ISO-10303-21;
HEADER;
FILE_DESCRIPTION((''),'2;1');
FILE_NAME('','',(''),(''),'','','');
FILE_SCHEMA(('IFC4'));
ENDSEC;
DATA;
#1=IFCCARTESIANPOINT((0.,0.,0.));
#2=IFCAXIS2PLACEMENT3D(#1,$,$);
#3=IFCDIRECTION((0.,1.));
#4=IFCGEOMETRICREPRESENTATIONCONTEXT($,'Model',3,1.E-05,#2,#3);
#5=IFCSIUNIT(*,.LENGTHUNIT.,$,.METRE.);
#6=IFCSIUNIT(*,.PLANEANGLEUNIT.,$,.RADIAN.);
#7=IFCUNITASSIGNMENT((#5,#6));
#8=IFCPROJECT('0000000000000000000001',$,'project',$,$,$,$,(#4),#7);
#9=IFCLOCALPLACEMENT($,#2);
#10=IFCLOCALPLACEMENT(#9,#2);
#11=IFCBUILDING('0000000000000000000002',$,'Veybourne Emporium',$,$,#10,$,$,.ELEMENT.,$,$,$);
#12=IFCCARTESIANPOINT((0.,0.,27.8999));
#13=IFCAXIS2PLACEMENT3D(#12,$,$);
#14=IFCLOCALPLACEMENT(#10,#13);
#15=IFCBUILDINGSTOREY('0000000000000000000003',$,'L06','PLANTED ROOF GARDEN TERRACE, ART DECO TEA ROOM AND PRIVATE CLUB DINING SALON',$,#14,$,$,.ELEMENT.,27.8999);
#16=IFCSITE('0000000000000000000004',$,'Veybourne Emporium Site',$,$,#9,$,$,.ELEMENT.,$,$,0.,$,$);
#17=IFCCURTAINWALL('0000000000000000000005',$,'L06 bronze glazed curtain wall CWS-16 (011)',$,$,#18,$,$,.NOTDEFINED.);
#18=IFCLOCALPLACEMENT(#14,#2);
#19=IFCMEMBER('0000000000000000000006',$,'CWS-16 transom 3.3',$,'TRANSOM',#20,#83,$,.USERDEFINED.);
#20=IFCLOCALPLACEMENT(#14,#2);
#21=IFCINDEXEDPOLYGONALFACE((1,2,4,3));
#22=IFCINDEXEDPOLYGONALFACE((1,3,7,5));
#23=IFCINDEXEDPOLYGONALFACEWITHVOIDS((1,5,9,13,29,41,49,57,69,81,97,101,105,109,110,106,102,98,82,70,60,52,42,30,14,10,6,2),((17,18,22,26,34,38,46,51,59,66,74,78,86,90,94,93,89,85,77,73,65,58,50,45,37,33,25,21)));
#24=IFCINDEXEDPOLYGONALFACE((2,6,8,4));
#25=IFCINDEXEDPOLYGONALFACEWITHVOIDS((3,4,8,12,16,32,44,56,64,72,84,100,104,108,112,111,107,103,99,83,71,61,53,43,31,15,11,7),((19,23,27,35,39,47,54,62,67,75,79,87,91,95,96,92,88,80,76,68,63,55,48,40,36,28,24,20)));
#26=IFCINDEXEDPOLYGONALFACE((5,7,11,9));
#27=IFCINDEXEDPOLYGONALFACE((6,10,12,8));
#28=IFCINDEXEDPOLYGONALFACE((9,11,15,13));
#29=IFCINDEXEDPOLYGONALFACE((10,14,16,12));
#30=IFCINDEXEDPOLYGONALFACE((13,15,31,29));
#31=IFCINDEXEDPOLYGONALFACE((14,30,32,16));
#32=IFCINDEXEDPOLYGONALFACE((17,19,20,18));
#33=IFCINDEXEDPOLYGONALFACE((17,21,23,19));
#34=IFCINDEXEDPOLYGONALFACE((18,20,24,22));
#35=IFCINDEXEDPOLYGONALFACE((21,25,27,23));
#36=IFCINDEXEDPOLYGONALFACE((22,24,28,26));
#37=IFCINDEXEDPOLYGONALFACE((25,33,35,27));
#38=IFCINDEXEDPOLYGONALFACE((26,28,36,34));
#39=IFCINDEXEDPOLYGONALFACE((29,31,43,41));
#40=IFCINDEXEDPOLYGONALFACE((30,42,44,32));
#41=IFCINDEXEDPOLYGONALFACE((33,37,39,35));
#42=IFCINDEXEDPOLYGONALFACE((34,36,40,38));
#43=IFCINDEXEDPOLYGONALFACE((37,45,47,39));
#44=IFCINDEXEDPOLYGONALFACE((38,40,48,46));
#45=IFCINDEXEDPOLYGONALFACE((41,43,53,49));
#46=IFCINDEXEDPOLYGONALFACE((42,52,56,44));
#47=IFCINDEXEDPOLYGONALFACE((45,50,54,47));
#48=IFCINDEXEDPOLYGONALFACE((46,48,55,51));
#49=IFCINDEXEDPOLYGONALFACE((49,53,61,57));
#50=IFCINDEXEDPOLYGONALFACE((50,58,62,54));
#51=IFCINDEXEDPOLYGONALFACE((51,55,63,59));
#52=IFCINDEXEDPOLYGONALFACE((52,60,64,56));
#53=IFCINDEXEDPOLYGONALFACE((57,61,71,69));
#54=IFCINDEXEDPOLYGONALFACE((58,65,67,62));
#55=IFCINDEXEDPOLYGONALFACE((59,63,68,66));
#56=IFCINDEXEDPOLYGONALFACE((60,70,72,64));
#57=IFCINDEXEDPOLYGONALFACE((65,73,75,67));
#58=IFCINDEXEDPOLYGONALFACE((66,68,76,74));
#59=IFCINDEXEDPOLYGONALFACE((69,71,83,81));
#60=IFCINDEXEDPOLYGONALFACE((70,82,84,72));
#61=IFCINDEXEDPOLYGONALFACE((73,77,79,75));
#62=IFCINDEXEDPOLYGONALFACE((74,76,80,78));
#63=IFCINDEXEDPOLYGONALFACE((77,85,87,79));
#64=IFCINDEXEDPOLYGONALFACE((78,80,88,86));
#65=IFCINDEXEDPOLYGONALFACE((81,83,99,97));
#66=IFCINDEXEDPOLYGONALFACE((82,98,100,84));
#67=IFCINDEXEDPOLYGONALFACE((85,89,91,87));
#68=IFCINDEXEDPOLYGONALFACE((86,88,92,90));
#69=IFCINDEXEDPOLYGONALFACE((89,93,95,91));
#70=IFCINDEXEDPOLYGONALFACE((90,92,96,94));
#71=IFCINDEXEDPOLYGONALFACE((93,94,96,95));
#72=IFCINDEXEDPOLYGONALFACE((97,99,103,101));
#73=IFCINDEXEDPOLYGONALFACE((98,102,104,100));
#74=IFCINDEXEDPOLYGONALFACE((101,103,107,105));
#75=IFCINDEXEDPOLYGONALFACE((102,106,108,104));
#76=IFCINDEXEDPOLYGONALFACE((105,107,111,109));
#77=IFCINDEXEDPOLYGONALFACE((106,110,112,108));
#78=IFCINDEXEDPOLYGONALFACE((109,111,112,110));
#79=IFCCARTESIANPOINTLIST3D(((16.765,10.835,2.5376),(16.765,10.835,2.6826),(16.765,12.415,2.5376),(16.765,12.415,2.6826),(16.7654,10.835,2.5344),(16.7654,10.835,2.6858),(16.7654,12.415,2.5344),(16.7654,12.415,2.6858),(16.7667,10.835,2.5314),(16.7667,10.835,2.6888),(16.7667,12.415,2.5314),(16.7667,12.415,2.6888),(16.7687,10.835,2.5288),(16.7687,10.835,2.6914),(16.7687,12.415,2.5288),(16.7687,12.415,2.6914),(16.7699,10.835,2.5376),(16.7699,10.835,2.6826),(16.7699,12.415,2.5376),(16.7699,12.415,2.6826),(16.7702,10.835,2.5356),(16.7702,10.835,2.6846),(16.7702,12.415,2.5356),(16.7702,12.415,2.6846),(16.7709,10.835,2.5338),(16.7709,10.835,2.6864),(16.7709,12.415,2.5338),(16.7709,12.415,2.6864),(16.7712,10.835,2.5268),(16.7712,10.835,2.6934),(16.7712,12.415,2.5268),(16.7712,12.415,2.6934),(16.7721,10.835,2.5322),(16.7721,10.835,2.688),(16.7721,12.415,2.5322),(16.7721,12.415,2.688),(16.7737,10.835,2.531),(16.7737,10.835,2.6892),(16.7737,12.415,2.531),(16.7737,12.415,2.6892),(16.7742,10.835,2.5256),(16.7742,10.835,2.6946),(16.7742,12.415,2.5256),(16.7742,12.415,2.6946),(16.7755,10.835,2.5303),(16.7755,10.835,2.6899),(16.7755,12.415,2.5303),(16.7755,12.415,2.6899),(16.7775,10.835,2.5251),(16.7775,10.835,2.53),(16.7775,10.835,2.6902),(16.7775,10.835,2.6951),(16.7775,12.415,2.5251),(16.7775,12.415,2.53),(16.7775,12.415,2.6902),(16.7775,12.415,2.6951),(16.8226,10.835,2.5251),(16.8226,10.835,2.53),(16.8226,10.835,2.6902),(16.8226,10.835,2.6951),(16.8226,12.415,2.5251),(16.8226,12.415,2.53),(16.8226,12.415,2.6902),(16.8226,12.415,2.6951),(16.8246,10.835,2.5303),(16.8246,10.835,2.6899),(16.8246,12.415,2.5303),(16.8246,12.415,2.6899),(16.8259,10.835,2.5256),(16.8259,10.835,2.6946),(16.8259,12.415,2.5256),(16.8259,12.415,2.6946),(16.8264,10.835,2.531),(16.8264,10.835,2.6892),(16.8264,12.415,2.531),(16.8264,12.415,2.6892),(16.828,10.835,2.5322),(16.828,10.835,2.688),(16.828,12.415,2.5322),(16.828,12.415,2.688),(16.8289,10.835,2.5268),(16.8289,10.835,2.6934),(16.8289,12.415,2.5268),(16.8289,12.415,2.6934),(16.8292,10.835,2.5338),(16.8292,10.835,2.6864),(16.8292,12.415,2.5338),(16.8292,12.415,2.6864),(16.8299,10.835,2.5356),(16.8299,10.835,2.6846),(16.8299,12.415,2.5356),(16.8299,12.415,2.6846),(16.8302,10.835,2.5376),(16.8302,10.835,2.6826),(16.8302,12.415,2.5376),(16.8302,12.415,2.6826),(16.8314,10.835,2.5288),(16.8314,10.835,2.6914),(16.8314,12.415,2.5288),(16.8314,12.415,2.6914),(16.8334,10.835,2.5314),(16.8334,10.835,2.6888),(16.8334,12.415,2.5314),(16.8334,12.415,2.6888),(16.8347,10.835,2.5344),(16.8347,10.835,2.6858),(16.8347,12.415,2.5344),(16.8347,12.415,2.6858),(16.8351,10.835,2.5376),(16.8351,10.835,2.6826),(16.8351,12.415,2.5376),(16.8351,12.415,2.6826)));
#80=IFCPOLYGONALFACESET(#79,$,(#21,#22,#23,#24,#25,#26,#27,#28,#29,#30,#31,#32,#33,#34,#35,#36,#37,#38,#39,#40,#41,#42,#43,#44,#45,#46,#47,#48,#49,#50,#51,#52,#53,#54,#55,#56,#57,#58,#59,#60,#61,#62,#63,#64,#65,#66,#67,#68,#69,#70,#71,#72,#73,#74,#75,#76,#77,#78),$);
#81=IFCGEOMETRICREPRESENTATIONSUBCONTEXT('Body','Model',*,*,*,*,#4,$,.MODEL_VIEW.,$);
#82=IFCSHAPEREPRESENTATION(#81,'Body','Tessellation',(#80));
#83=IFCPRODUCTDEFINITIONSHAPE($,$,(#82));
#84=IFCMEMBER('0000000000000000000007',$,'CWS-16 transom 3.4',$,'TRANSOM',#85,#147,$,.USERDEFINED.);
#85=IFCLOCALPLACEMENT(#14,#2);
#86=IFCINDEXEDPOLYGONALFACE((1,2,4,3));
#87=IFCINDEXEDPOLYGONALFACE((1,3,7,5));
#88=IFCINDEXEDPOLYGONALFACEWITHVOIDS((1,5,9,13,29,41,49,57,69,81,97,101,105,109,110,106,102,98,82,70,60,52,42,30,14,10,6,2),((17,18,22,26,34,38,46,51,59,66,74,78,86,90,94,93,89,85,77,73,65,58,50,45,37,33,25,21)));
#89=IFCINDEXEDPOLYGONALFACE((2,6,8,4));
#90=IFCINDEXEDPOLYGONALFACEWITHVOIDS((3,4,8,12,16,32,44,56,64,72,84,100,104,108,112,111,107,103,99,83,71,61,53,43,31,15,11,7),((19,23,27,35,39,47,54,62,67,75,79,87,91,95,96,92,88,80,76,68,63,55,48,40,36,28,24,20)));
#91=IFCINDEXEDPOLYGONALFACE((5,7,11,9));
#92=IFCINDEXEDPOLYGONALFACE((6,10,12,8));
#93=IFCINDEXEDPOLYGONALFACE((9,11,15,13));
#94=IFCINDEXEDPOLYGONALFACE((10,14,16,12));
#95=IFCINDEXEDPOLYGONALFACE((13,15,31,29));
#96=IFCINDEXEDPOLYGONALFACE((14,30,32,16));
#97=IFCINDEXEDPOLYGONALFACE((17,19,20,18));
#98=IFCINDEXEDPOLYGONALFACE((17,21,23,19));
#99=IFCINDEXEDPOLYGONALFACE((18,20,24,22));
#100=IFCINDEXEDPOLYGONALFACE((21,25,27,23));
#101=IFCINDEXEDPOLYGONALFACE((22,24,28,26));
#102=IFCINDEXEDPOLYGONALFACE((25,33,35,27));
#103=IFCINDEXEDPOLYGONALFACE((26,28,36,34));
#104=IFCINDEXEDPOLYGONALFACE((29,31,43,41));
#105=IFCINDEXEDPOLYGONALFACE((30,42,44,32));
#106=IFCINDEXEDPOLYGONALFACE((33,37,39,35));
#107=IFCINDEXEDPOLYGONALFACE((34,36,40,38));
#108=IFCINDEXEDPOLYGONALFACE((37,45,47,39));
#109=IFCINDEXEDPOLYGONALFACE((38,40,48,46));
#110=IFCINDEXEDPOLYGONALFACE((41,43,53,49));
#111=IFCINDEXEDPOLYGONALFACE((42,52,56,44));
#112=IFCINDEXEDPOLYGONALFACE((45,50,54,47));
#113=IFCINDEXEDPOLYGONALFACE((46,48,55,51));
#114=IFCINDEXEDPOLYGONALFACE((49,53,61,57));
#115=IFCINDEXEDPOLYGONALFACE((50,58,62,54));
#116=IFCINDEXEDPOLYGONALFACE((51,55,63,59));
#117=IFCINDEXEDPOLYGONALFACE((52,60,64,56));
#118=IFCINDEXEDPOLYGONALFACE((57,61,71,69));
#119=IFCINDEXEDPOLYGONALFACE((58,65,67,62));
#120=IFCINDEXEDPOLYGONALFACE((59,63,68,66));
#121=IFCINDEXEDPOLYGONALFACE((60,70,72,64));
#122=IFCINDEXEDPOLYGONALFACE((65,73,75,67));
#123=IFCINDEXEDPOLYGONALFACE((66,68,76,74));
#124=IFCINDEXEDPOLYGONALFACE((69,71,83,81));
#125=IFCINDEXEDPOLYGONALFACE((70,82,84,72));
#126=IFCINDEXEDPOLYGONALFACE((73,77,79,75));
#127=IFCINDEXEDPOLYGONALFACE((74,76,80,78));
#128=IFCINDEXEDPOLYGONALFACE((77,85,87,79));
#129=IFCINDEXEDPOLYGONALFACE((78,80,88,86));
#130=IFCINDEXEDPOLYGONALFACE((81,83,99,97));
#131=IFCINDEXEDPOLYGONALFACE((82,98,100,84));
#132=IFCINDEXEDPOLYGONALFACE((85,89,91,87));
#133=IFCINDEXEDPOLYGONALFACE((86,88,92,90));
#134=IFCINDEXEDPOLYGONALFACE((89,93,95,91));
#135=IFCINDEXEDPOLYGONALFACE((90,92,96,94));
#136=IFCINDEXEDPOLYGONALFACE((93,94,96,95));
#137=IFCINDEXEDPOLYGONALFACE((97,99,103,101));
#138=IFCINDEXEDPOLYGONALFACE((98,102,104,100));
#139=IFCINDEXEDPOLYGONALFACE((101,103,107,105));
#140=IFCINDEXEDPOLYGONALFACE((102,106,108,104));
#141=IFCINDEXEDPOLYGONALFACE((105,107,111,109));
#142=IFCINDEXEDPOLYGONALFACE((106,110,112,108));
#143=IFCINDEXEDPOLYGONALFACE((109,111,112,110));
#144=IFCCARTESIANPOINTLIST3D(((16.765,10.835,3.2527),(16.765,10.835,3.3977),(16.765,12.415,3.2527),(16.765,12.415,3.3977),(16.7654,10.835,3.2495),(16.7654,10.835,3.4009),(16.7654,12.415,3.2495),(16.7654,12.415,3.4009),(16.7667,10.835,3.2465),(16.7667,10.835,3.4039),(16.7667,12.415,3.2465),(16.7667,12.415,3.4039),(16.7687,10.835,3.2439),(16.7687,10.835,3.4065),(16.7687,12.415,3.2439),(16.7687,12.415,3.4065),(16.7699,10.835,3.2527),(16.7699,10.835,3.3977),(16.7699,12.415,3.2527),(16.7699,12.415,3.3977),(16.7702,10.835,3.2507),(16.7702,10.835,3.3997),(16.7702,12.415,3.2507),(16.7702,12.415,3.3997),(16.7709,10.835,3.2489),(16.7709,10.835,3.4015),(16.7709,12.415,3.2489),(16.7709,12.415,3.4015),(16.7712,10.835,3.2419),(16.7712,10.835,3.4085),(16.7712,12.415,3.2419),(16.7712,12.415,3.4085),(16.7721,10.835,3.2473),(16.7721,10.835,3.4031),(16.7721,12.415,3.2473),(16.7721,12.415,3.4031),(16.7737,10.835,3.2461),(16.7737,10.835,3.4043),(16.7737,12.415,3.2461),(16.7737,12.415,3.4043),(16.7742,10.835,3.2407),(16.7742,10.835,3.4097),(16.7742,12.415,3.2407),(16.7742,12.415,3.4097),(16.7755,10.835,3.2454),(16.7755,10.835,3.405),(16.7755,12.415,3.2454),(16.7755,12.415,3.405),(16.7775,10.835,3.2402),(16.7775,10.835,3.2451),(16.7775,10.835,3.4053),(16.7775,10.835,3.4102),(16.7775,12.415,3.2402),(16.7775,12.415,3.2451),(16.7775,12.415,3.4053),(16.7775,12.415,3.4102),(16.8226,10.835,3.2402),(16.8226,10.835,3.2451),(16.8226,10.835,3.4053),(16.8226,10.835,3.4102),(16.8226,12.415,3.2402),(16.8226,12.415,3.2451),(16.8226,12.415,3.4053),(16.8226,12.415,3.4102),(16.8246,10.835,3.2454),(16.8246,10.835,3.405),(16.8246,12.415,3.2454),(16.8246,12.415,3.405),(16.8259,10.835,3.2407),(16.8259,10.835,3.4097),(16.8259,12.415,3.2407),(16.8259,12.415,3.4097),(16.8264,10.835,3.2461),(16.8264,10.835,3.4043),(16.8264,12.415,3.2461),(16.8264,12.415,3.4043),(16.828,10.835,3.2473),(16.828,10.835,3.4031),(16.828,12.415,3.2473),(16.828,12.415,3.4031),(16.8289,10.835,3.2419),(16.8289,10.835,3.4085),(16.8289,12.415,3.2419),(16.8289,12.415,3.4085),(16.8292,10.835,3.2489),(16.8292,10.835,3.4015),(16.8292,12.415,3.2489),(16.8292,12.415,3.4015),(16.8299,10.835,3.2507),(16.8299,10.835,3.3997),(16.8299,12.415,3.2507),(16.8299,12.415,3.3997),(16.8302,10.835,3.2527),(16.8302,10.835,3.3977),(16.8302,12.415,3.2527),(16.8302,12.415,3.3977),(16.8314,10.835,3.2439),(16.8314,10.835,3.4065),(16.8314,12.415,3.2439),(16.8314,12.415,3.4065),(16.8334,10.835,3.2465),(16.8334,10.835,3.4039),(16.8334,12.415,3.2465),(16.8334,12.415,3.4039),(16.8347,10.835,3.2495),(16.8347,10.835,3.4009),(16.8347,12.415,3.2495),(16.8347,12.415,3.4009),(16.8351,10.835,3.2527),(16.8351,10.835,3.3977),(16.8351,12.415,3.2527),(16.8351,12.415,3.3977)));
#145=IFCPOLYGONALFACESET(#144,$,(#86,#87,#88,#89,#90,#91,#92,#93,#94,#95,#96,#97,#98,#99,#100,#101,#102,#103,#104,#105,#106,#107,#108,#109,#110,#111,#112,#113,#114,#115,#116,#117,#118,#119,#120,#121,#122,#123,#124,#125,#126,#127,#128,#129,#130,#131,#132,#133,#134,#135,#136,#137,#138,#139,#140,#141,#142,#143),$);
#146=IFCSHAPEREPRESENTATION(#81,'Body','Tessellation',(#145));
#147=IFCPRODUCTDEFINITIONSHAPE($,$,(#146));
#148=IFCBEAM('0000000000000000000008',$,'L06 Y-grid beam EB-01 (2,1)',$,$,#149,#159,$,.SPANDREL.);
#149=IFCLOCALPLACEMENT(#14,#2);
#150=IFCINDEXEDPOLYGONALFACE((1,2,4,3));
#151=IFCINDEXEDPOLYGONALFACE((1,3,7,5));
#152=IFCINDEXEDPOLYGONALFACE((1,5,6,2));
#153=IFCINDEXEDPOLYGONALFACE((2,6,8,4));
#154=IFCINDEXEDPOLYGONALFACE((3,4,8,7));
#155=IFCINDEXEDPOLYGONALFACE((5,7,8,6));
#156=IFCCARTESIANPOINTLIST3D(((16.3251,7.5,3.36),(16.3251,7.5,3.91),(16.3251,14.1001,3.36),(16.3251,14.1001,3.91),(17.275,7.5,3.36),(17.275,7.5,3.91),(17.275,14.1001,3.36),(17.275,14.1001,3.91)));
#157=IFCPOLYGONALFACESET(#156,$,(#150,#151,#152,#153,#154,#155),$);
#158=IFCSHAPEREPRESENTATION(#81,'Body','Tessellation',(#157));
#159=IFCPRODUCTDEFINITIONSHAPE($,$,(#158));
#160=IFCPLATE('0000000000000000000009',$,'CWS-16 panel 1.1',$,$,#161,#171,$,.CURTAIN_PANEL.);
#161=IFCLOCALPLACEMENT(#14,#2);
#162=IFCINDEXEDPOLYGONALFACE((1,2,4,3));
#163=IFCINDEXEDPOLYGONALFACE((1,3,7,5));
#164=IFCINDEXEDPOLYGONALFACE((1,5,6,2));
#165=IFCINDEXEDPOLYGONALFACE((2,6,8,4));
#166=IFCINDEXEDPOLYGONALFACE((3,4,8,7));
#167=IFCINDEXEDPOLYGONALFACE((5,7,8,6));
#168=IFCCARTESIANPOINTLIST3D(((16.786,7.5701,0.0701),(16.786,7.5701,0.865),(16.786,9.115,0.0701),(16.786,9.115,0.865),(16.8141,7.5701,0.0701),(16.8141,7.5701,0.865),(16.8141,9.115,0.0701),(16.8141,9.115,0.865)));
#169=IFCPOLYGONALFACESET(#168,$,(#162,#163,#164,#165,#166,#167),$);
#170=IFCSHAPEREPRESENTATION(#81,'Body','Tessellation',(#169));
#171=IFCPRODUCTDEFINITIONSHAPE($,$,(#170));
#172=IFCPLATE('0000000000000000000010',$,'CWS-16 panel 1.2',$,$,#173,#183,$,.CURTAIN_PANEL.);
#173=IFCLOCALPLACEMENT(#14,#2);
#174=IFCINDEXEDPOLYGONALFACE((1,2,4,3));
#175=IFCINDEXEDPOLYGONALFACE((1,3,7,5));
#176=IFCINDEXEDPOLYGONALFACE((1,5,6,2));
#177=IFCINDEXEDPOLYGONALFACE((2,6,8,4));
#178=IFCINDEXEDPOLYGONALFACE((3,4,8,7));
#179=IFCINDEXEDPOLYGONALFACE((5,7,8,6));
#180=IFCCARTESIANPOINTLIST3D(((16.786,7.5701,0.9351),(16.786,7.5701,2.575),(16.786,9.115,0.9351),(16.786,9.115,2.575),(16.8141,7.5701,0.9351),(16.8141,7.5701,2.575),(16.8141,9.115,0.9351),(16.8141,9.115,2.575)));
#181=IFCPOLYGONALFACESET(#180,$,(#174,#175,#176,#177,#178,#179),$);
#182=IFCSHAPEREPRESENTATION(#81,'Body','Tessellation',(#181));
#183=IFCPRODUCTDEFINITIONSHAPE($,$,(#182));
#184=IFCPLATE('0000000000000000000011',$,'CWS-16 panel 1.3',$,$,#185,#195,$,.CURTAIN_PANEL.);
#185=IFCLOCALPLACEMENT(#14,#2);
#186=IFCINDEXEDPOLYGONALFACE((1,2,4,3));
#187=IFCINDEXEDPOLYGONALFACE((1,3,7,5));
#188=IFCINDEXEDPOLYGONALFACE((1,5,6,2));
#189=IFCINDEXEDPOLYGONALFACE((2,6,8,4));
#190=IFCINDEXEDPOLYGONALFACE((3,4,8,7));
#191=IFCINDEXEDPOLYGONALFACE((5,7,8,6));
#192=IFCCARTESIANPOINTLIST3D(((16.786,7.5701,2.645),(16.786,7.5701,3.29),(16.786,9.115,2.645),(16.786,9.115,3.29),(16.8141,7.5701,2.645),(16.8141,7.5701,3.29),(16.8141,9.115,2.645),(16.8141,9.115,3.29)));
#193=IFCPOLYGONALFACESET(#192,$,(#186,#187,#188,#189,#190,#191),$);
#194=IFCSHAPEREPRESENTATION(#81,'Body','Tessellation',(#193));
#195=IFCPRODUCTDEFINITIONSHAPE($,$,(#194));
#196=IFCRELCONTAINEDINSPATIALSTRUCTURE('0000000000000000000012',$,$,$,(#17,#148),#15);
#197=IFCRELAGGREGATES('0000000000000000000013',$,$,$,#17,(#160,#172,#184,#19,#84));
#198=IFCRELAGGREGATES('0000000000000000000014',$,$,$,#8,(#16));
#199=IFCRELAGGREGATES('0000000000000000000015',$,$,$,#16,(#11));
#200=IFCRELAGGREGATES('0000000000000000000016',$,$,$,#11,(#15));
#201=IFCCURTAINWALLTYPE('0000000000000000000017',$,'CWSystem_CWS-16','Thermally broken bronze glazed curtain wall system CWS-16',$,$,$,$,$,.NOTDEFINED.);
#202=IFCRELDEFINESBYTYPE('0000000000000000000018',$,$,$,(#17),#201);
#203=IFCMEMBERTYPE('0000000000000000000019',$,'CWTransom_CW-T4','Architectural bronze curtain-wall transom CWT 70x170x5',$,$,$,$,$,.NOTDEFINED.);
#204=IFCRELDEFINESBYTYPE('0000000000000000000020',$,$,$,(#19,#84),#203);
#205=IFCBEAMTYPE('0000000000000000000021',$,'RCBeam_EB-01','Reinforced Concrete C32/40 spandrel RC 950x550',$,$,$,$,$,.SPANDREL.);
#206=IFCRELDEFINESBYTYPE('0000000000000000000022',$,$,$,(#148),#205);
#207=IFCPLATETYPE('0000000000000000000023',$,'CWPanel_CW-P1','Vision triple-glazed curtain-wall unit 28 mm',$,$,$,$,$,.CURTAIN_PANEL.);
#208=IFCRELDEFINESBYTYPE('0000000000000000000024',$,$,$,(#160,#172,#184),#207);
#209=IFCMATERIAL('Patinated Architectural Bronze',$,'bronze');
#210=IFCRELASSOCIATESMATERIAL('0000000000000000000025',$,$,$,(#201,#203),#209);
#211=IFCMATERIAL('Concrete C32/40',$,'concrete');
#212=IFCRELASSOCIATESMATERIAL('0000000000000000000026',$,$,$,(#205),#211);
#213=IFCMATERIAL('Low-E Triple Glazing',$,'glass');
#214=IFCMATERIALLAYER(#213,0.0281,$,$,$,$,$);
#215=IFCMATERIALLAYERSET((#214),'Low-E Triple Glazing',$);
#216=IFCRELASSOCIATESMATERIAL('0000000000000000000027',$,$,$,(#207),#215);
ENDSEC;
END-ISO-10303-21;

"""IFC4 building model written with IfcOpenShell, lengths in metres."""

from ifc_helpers import new_model, si_unit, direction, frame, origin, origin_2d, place, context, subcontext, project, spatial, rectangle, hollow_rectangle, extrude, material, layer, layer_set, material_profile, profile_set, type_object, element, aggregate, save


model = new_model("IFC4")

# Units and contexts
model_context = context("Model", 3, precision=1e-05, world=origin(), true_north=direction((0.0, 1.0)))
body_context = subcontext(model_context, "Body", "Model", "MODEL_VIEW")
ifc_project = project(units=[si_unit("LENGTHUNIT", "METRE"), si_unit("PLANEANGLEUNIT", "RADIAN")], contexts=[model_context])

# Site, building, storey
site_placement = place(None, origin())
site = spatial("IfcSite", under=ifc_project, at=site_placement, Name="Veybourne Emporium Site", CompositionType="ELEMENT", RefElevation=0.0)
building_placement = place(site_placement, origin())
building = spatial("IfcBuilding", under=site, at=building_placement, Name="Veybourne Emporium", CompositionType="ELEMENT")
storey_placement = place(building_placement, frame((0.0, 0.0, 27.8999)))
storey = spatial("IfcBuildingStorey", under=building, at=storey_placement, Name="L06", Description="PLANTED ROOF GARDEN TERRACE, ART DECO TEA ROOM AND PRIVATE CLUB DINING SALON", CompositionType="ELEMENT", Elevation=27.8999)

# Curtain wall
ifc_material_1 = material(Name="Patinated Architectural Bronze", Category="bronze")
curtain_wall_type_1 = type_object("IfcCurtainWallType", Name="CWSystem_CWS-16", Description="Thermally broken bronze glazed curtain wall system CWS-16", PredefinedType="NOTDEFINED", material=ifc_material_1)
curtain_wall_1_placement = place(storey_placement, origin())
curtain_wall_1 = element("IfcCurtainWall", 1, at=curtain_wall_1_placement, inside=storey, type_object=curtain_wall_type_1, Name="L06 bronze glazed curtain wall CWS-16 (011)", PredefinedType="NOTDEFINED")

# Members
ifc_material_profile_1 = material_profile(ifc_material_1, hollow_rectangle(XDim=0.0701, YDim=0.1699, WallThickness=0.0049, InnerFilletRadius=0.0076, OuterFilletRadius=0.0125, at=origin_2d()), Name="CWT 70x170x5")
ifc_profile_set_1 = profile_set([ifc_material_profile_1], Name="Patinated Architectural Bronze")
member_type_1 = type_object("IfcMemberType", Name="CWTransom_CW-T4", Description="Architectural bronze curtain-wall transom CWT 70x170x5", PredefinedType="NOTDEFINED", material=ifc_profile_set_1)
member_1_placement = place(storey_placement, frame((16.8, 10.835, 2.6101), z_axis=(0.0, 1.0, 0.0), x_axis=(-1.0, 0.0, 0.0)))
member_1 = element("IfcMember", 2, at=member_1_placement, type_object=member_type_1, Name="CWS-16 transom 3.3", ObjectType="TRANSOM", PredefinedType="USERDEFINED", context=body_context, shape_type="SweptSolid", body=[
    extrude(hollow_rectangle(XDim=0.0701, YDim=0.1699, WallThickness=0.0049, InnerFilletRadius=0.0076, OuterFilletRadius=0.0125, at=origin_2d()), origin(), (0.0, 0.0, 1.0), 1.5801),
])
member_2_placement = place(storey_placement, frame((16.8, 10.835, 3.3252), z_axis=(0.0, 1.0, 0.0), x_axis=(-1.0, 0.0, 0.0)))
member_2 = element("IfcMember", 3, at=member_2_placement, type_object=member_type_1, Name="CWS-16 transom 3.4", ObjectType="TRANSOM", PredefinedType="USERDEFINED", context=body_context, shape_type="SweptSolid", body=[
    extrude(hollow_rectangle(XDim=0.0701, YDim=0.1699, WallThickness=0.0049, InnerFilletRadius=0.0076, OuterFilletRadius=0.0125, at=origin_2d()), origin(), (0.0, 0.0, 1.0), 1.5801),
])

# Beam
ifc_material_2 = material(Name="Concrete C32/40", Category="concrete")
ifc_material_profile_2 = material_profile(ifc_material_2, rectangle(XDim=0.95, YDim=0.55, at=origin_2d()), Name="RC 950x550")
ifc_profile_set_2 = profile_set([ifc_material_profile_2], Name="Concrete C32/40")
beam_type = type_object("IfcBeamType", Name="RCBeam_EB-01", Description="Reinforced Concrete C32/40 spandrel RC 950x550", PredefinedType="SPANDREL", material=ifc_profile_set_2)
beam_placement = place(storey_placement, frame((16.8, 7.5, 3.635), z_axis=(0.0, 1.0, 0.0), x_axis=(-1.0, 0.0, 0.0)))
element("IfcBeam", 4, at=beam_placement, inside=storey, type_object=beam_type, Name="L06 Y-grid beam EB-01 (2,1)", PredefinedType="SPANDREL", context=body_context, shape_type="SweptSolid", body=[
    extrude(rectangle(XDim=0.95, YDim=0.55, at=origin_2d()), origin(), (0.0, 0.0, 1.0), 6.6001),
])

# Plates
ifc_material_3 = material(Name="Low-E Triple Glazing", Category="glass")
ifc_layer_1 = layer(ifc_material_3, 0.0281)
ifc_layer_set_1 = layer_set([ifc_layer_1], Name="Low-E Triple Glazing")
plate_type = type_object("IfcPlateType", Name="CWPanel_CW-P1", Description="Vision triple-glazed curtain-wall unit 28 mm", PredefinedType="CURTAIN_PANEL", material=ifc_layer_set_1)
plate_1_placement = place(storey_placement, frame((16.8, 8.3425, 0.0701), z_axis=(0.0, 0.0, 1.0), x_axis=(0.0, 1.0, 0.0)))
plate_1 = element("IfcPlate", 5, at=plate_1_placement, type_object=plate_type, Name="CWS-16 panel 1.1", PredefinedType="CURTAIN_PANEL", context=body_context, shape_type="SweptSolid", body=[
    extrude(rectangle(XDim=1.5449, YDim=0.0281, at=origin_2d()), origin(), (0.0, 0.0, 1.0), 0.7949),
])
plate_2_placement = place(storey_placement, frame((16.8, 8.3425, 0.9351), z_axis=(0.0, 0.0, 1.0), x_axis=(0.0, 1.0, 0.0)))
plate_2 = element("IfcPlate", 6, at=plate_2_placement, type_object=plate_type, Name="CWS-16 panel 1.2", PredefinedType="CURTAIN_PANEL", context=body_context, shape_type="SweptSolid", body=[
    extrude(rectangle(XDim=1.5449, YDim=0.0281, at=origin_2d()), origin(), (0.0, 0.0, 1.0), 1.6399),
])
plate_3_placement = place(storey_placement, frame((16.8, 8.3425, 2.645), z_axis=(0.0, 0.0, 1.0), x_axis=(0.0, 1.0, 0.0)))
plate_3 = element("IfcPlate", 7, at=plate_3_placement, type_object=plate_type, Name="CWS-16 panel 1.3", PredefinedType="CURTAIN_PANEL", context=body_context, shape_type="SweptSolid", body=[
    extrude(rectangle(XDim=1.5449, YDim=0.0281, at=origin_2d()), origin(), (0.0, 0.0, 1.0), 0.645),
])
aggregate(curtain_wall_1, [plate_1, plate_2, plate_3, member_1, member_2])

save(model, "model.ifc")
